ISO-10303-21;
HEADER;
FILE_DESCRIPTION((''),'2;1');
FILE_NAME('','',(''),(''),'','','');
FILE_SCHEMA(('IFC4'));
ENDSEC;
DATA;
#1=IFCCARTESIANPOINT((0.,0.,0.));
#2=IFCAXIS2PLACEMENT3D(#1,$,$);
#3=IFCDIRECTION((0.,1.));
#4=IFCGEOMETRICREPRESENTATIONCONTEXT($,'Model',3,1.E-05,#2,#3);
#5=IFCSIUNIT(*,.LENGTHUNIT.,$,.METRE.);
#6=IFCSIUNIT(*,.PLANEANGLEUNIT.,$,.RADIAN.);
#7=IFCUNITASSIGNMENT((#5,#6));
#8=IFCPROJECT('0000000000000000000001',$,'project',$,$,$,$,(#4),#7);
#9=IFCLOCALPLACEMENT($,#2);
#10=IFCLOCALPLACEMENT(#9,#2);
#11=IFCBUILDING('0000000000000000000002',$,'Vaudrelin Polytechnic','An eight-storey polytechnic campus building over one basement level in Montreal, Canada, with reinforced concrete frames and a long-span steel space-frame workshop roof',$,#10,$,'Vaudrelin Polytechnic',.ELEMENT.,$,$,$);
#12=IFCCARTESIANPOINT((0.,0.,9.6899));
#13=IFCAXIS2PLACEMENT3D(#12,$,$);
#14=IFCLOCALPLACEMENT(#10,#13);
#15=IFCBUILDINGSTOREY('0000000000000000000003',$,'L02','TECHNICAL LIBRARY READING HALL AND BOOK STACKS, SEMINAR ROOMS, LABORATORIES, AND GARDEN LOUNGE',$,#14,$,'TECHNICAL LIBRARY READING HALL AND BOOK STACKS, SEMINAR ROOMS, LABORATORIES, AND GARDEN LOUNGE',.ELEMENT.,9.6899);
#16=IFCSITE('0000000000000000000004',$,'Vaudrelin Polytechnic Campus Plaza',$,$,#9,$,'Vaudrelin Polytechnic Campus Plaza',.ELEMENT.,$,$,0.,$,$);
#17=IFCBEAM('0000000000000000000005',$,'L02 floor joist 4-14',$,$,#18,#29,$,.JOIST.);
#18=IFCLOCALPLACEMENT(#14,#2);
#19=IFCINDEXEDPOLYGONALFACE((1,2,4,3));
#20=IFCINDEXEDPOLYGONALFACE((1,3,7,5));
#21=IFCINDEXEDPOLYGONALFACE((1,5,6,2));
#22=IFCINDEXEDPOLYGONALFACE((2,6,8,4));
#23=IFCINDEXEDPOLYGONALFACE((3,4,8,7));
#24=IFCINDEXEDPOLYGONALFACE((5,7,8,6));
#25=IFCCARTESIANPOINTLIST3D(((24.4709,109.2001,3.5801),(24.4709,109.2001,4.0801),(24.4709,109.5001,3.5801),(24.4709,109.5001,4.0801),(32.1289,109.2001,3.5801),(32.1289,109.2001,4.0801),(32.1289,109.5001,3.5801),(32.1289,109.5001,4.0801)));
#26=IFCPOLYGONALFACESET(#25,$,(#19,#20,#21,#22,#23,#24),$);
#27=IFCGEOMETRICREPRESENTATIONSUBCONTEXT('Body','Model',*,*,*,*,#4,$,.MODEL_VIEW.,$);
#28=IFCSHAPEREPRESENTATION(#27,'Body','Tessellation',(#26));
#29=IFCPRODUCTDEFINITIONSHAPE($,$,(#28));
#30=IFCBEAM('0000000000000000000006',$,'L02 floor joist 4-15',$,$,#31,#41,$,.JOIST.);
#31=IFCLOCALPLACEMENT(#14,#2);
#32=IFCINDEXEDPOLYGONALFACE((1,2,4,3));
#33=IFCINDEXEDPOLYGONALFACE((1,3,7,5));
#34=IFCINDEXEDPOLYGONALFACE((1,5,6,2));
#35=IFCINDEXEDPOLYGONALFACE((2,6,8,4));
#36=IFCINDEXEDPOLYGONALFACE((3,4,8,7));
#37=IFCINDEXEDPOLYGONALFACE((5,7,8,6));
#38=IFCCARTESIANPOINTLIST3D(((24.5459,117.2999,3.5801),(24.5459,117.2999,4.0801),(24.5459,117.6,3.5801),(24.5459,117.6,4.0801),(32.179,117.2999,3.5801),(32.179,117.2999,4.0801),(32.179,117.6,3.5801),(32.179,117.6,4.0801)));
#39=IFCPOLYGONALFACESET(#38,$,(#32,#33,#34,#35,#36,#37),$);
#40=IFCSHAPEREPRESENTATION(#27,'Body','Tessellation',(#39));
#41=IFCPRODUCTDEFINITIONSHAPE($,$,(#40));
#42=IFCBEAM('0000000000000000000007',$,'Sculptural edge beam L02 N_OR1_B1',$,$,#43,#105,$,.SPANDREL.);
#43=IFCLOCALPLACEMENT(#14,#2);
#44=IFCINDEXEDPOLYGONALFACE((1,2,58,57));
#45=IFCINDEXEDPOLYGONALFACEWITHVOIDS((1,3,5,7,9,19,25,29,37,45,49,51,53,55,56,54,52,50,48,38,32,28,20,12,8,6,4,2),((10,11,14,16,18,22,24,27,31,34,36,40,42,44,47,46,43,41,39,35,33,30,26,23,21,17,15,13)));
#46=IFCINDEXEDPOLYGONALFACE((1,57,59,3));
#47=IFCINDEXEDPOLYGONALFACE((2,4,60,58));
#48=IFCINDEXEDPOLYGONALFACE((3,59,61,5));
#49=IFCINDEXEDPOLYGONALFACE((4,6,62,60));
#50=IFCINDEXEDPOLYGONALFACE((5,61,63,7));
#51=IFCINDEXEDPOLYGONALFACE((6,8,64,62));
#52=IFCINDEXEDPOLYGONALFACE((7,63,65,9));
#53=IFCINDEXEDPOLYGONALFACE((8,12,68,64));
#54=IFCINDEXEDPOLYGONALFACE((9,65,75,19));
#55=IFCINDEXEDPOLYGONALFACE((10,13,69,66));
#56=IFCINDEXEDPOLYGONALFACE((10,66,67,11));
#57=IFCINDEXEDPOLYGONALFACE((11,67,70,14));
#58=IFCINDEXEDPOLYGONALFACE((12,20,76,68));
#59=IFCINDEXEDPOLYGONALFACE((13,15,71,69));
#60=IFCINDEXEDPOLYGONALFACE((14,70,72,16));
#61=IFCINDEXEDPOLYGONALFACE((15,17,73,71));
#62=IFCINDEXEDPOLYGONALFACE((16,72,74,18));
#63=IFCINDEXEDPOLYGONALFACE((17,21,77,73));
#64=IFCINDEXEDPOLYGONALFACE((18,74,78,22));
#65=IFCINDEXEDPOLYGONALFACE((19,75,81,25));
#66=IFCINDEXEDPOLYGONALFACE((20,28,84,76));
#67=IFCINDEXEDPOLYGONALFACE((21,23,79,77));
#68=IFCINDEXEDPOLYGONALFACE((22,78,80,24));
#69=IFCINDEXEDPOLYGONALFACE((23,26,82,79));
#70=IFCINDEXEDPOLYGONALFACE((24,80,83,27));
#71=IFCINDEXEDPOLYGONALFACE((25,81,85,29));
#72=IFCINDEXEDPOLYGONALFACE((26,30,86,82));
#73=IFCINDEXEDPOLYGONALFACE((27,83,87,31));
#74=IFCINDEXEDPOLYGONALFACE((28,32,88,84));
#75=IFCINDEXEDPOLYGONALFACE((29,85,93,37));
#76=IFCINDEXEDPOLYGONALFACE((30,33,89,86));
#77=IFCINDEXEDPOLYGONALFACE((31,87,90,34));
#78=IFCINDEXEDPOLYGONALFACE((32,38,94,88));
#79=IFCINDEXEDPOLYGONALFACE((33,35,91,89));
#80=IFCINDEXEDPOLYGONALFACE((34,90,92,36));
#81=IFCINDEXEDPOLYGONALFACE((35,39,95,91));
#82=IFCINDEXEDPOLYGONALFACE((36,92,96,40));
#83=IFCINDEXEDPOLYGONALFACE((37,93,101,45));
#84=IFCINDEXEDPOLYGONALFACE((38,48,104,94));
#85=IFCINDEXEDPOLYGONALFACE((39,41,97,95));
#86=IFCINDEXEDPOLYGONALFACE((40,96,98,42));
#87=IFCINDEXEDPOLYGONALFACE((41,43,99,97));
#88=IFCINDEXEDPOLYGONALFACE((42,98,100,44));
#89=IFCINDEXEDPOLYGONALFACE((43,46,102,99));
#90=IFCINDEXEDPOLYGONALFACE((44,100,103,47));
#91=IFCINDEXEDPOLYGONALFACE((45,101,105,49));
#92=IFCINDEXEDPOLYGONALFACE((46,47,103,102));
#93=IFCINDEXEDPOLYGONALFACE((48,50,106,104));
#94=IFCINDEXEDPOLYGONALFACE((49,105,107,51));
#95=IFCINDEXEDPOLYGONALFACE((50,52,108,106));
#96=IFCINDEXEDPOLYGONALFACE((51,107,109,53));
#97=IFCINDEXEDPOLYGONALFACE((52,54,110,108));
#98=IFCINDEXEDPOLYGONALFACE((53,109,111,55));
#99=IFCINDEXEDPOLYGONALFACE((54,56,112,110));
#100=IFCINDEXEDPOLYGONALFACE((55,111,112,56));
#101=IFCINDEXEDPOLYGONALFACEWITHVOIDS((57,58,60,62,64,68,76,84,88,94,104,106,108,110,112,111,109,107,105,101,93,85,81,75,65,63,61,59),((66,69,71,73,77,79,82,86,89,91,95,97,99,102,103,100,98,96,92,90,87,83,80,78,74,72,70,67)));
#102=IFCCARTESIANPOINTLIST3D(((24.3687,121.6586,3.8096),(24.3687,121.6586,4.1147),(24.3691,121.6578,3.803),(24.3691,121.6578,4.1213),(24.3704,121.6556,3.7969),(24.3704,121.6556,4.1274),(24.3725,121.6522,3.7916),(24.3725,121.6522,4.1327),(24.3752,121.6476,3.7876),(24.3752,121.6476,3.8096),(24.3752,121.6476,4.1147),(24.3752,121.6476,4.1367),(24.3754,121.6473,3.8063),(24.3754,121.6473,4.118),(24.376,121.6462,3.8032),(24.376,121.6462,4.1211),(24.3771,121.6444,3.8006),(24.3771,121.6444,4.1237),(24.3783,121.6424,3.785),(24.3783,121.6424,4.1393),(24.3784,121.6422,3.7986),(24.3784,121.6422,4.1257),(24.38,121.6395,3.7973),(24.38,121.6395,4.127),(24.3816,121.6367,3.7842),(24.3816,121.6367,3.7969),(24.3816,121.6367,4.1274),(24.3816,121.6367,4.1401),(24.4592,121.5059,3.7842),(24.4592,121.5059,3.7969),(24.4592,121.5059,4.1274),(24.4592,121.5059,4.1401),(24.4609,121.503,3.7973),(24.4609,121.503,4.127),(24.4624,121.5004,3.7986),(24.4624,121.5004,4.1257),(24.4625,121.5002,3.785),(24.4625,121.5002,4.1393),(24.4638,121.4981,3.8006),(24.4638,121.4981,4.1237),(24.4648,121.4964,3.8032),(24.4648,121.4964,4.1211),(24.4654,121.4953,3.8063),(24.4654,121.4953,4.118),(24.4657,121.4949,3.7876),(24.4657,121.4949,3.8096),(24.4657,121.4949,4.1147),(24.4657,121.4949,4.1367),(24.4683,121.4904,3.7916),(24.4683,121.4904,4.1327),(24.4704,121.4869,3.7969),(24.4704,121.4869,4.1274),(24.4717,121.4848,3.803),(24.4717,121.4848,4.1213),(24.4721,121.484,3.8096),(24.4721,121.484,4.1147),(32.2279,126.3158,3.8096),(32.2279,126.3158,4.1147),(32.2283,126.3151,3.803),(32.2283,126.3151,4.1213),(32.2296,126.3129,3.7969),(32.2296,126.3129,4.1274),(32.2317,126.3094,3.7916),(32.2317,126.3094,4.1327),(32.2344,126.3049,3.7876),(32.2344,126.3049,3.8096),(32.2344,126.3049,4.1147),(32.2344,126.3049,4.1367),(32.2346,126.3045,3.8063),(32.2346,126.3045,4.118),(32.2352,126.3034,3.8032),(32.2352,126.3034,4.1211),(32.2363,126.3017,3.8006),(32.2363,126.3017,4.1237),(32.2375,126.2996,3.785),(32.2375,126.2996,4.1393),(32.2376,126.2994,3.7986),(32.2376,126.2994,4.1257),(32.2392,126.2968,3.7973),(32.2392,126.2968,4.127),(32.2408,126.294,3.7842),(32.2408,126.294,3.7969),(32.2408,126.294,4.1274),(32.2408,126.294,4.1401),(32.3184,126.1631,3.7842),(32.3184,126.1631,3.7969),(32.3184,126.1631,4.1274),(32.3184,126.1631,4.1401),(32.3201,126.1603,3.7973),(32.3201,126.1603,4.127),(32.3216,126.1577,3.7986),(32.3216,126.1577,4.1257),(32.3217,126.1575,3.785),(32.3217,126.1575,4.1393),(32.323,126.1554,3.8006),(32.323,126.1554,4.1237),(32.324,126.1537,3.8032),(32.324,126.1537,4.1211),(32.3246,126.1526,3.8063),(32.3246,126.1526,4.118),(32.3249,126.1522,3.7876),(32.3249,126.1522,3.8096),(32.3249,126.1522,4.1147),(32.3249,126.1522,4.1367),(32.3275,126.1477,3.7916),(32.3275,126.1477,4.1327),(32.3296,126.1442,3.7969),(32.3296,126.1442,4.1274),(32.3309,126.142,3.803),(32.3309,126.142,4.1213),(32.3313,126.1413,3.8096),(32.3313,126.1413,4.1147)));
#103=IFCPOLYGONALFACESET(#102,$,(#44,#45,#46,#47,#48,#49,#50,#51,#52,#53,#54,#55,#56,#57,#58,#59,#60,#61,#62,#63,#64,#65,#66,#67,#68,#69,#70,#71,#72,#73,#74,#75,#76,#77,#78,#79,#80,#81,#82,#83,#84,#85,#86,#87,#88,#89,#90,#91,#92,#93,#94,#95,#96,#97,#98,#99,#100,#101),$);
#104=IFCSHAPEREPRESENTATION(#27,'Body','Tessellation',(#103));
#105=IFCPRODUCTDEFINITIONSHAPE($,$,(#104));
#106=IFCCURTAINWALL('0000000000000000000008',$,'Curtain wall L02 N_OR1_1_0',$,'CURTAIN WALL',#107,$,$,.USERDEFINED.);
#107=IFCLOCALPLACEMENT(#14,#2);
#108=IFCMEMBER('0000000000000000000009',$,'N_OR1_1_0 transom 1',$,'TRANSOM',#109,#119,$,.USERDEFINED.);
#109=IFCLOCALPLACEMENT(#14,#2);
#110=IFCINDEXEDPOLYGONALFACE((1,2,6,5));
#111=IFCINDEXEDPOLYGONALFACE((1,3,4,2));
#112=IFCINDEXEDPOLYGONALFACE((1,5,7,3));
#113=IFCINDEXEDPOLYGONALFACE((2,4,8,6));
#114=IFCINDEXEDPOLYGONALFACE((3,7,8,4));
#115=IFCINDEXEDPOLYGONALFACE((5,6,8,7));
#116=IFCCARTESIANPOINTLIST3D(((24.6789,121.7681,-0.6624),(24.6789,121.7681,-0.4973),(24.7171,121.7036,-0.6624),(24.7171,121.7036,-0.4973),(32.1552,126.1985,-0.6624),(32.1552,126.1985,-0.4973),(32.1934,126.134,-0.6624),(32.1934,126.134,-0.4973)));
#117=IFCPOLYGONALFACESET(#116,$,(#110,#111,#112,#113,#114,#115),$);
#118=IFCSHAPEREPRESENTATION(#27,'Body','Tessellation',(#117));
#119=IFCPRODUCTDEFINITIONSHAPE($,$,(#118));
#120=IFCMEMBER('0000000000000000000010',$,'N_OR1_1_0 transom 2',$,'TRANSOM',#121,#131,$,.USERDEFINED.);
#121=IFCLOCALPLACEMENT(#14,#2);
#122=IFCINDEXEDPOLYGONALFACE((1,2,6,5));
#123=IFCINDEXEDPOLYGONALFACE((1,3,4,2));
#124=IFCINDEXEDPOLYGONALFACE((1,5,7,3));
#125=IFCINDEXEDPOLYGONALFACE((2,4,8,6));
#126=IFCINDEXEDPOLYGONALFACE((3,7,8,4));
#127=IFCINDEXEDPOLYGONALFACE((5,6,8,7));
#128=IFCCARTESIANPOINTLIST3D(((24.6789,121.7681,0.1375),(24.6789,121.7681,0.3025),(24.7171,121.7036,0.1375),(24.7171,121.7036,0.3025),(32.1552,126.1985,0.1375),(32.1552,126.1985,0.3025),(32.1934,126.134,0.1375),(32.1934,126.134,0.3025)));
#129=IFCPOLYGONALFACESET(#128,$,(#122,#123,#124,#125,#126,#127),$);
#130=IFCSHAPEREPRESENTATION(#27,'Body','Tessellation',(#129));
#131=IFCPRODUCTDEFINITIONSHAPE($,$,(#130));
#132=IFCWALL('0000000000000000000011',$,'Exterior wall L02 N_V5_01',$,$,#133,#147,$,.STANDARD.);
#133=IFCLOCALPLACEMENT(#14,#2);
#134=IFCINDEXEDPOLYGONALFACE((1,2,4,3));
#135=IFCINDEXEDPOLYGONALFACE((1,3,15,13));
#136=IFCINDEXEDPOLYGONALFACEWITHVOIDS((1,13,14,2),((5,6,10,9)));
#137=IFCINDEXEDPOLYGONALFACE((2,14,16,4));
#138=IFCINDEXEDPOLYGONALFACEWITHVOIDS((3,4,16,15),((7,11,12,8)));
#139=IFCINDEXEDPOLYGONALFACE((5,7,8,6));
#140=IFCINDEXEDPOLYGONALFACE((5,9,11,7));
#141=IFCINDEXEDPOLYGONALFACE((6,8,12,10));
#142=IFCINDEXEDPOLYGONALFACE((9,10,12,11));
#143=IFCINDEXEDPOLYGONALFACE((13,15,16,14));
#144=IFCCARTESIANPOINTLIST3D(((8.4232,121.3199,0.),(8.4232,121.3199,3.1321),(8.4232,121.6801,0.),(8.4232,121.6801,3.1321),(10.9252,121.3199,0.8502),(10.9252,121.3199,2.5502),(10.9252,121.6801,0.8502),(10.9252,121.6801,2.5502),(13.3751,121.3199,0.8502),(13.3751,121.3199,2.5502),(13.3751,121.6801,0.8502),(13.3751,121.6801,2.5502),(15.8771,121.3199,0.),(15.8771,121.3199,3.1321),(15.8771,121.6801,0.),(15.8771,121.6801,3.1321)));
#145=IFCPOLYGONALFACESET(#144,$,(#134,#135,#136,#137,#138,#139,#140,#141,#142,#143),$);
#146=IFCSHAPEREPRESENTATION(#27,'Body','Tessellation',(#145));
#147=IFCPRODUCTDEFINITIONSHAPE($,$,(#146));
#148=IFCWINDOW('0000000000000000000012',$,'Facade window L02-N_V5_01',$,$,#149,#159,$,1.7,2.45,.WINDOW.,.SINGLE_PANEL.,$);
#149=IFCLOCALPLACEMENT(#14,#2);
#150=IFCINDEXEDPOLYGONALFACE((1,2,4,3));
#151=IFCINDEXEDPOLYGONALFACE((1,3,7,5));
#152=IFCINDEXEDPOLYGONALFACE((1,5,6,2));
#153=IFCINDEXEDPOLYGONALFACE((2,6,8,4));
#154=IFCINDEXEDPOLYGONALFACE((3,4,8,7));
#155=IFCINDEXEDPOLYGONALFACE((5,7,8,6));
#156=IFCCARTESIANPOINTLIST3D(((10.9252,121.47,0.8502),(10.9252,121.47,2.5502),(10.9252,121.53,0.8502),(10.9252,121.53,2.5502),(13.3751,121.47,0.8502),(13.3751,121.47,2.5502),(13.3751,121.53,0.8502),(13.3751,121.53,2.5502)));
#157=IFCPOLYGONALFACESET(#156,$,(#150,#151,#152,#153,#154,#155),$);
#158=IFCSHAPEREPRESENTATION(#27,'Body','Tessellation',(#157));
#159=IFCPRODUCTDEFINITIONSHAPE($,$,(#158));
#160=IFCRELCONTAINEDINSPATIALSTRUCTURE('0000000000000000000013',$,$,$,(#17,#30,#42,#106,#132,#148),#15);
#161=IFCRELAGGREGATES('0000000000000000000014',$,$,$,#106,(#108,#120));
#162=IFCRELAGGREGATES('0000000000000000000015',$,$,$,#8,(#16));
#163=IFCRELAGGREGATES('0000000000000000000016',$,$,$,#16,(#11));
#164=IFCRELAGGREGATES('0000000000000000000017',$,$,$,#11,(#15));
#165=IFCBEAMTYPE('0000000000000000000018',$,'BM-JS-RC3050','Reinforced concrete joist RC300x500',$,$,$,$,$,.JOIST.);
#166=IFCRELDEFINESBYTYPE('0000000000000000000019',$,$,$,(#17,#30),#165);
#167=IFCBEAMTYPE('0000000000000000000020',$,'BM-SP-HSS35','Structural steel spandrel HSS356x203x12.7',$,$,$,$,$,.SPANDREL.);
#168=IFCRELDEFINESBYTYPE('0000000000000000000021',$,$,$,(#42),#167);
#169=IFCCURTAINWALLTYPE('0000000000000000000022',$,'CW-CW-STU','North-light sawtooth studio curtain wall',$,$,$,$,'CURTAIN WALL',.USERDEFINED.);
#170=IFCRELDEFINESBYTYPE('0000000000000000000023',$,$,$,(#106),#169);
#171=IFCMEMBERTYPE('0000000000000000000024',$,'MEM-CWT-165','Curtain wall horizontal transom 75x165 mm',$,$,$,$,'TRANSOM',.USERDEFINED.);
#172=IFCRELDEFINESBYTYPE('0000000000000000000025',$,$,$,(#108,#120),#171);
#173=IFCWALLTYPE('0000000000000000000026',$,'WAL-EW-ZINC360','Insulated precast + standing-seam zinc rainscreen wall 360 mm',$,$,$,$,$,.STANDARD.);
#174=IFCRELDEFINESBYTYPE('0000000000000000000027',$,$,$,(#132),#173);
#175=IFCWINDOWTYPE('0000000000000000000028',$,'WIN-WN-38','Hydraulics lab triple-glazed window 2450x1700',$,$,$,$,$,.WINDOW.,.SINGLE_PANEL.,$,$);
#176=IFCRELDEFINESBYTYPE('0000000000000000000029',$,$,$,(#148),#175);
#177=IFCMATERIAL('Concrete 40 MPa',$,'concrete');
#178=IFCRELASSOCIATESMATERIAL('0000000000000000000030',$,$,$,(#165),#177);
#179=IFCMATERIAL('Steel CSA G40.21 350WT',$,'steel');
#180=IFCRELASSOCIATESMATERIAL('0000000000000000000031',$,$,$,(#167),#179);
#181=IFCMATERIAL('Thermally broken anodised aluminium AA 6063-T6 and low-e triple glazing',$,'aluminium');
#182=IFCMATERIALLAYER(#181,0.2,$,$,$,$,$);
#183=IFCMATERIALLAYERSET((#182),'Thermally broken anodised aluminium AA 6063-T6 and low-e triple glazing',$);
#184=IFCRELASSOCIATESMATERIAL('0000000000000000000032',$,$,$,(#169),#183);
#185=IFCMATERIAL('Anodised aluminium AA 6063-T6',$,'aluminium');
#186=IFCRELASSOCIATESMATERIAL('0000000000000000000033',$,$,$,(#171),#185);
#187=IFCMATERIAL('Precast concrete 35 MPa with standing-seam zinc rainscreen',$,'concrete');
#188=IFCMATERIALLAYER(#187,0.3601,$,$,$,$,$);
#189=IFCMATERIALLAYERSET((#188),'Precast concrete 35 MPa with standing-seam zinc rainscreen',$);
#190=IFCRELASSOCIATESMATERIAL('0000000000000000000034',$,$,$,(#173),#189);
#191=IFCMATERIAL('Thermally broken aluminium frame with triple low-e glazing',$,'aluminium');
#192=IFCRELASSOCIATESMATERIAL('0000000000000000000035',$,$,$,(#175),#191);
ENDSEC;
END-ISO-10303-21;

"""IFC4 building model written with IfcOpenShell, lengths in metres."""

from ifc_helpers import new_model, si_unit, direction, frame, frame_2d, origin, origin_2d, place, context, subcontext, project, spatial, rectangle, hollow_rectangle, extrude, material, layer, layer_set, material_profile, profile_set, type_object, element, fill, aggregate, save


model = new_model("IFC4")

# Units and contexts
model_context = context("Model", 3, precision=1e-05, world=origin(), true_north=direction((0.0, 1.0)))
body_context = subcontext(model_context, "Body", "Model", "MODEL_VIEW")
ifc_project = project(units=[si_unit("LENGTHUNIT", "METRE"), si_unit("PLANEANGLEUNIT", "RADIAN")], contexts=[model_context])

# Site, building, storey
site_placement = place(None, origin())
site = spatial("IfcSite", under=ifc_project, at=site_placement, Name="Vaudrelin Polytechnic Campus Plaza", LongName="Vaudrelin Polytechnic Campus Plaza", CompositionType="ELEMENT", RefElevation=0.0)
building_placement = place(site_placement, origin())
building = spatial("IfcBuilding", under=site, at=building_placement, Name="Vaudrelin Polytechnic", Description="An eight-storey polytechnic campus building over one basement level in Montreal, Canada, with reinforced concrete frames and a long-span steel space-frame workshop roof", LongName="Vaudrelin Polytechnic", CompositionType="ELEMENT")
storey_placement = place(building_placement, frame((0.0, 0.0, 9.6899)))
storey = spatial("IfcBuildingStorey", under=building, at=storey_placement, Name="L02", Description="TECHNICAL LIBRARY READING HALL AND BOOK STACKS, SEMINAR ROOMS, LABORATORIES, AND GARDEN LOUNGE", LongName="TECHNICAL LIBRARY READING HALL AND BOOK STACKS, SEMINAR ROOMS, LABORATORIES, AND GARDEN LOUNGE", CompositionType="ELEMENT", Elevation=9.6899)

# Shared definitions
ifc_material_1 = material(Name="Concrete 40 MPa", Category="concrete")

# Beams
ifc_material_2 = material(Name="Steel CSA G40.21 350WT", Category="steel")
ifc_material_profile_1 = material_profile(ifc_material_1, rectangle(XDim=0.3, YDim=0.5, at=origin_2d()), Name="RC300x500")
ifc_profile_set_1 = profile_set([ifc_material_profile_1], Name="Concrete 40 MPa")
beam_type_1 = type_object("IfcBeamType", Name="BM-JS-RC3050", Description="Reinforced concrete joist RC300x500", PredefinedType="JOIST", material=ifc_profile_set_1)
for number, where, z_axis, x_axis, name in (
    (1, (24.4709, 109.3501, 3.8301), (1.0, 0.0, 0.0), (0.0, 1.0, 0.0), "L02 floor joist 4-14"),
):
    element("IfcBeam", number, at=place(storey_placement, frame(where, z_axis=z_axis, x_axis=x_axis)), inside=storey, type_object=beam_type_1, Name=name, PredefinedType="JOIST", context=body_context, shape_type="SweptSolid", body=[
        extrude(rectangle(XDim=0.3, YDim=0.5, at=origin_2d()), origin(), (0.0, 0.0, 1.0), 7.658),
    ])
beam_1_placement = place(storey_placement, frame((24.5459, 117.45, 3.8301), z_axis=(1.0, 0.0, 0.0), x_axis=(0.0, 1.0, 0.0)))
element("IfcBeam", 2, at=beam_1_placement, inside=storey, type_object=beam_type_1, Name="L02 floor joist 4-15", PredefinedType="JOIST", context=body_context, shape_type="SweptSolid", body=[
    extrude(rectangle(XDim=0.3, YDim=0.5, at=origin_2d()), origin(), (0.0, 0.0, 1.0), 7.6331),
])
ifc_material_profile_2 = material_profile(ifc_material_2, hollow_rectangle(XDim=0.2029, YDim=0.356, WallThickness=0.0127, InnerFilletRadius=0.0127, OuterFilletRadius=0.0254, at=origin_2d()), Name="HSS356x203x12.7")
ifc_profile_set_2 = profile_set([ifc_material_profile_2], Name="Steel CSA G40.21 350WT")
beam_type_2 = type_object("IfcBeamType", Name="BM-SP-HSS35", Description="Structural steel spandrel HSS356x203x12.7", PredefinedType="SPANDREL", material=ifc_profile_set_2)
beam_2_placement = place(storey_placement, frame((24.4204, 121.5713, 3.9622), z_axis=(0.860293, 0.509799, 0.0), x_axis=(-0.509799, 0.860293, 0.0)))
element("IfcBeam", 3, at=beam_2_placement, inside=storey, type_object=beam_type_2, Name="Sculptural edge beam L02 N_OR1_B1", PredefinedType="SPANDREL", context=body_context, shape_type="SweptSolid", body=[
    extrude(hollow_rectangle(XDim=0.2029, YDim=0.356, WallThickness=0.0127, InnerFilletRadius=0.0127, OuterFilletRadius=0.0254, at=origin_2d()), origin(), (0.0, 0.0, 1.0), 9.1355),
])

# Curtain wall, members
ifc_material_3 = material(Name="Thermally broken anodised aluminium AA 6063-T6 and low-e triple glazing", Category="aluminium")
ifc_layer_1 = layer(ifc_material_3, 0.2)
ifc_layer_set_1 = layer_set([ifc_layer_1], Name="Thermally broken anodised aluminium AA 6063-T6 and low-e triple glazing")
curtain_wall_type = type_object("IfcCurtainWallType", Name="CW-CW-STU", Description="North-light sawtooth studio curtain wall", ElementType="CURTAIN WALL", PredefinedType="USERDEFINED", material=ifc_layer_set_1)
curtain_wall_placement = place(storey_placement, origin())
curtain_wall = element("IfcCurtainWall", 4, at=curtain_wall_placement, inside=storey, type_object=curtain_wall_type, Name="Curtain wall L02 N_OR1_1_0", ObjectType="CURTAIN WALL", PredefinedType="USERDEFINED")
ifc_material_4 = material(Name="Anodised aluminium AA 6063-T6", Category="aluminium")
ifc_material_profile_3 = material_profile(ifc_material_4, rectangle(XDim=0.075, YDim=0.165, at=origin_2d()), Name="CWT-75x165")
ifc_profile_set_3 = profile_set([ifc_material_profile_3], Name="Anodised aluminium AA 6063-T6")
member_type = type_object("IfcMemberType", Name="MEM-CWT-165", Description="Curtain wall horizontal transom 75x165 mm", ElementType="TRANSOM", PredefinedType="USERDEFINED", material=ifc_profile_set_3)
member_1_placement = place(storey_placement, frame((24.698, 121.7358, -0.5798), z_axis=(0.860291, 0.509803, 0.0), x_axis=(-0.509803, 0.860291, 0.0)))
member_1 = element("IfcMember", 5, at=member_1_placement, type_object=member_type, Name="N_OR1_1_0 transom 1", ObjectType="TRANSOM", PredefinedType="USERDEFINED", context=body_context, shape_type="SweptSolid", body=[
    extrude(rectangle(XDim=0.075, YDim=0.165, at=origin_2d()), origin(), (0.0, 0.0, 1.0), 8.6904),
])
member_2_placement = place(storey_placement, frame((24.698, 121.7358, 0.22), z_axis=(0.860291, 0.509803, 0.0), x_axis=(-0.509803, 0.860291, 0.0)))
member_2 = element("IfcMember", 6, at=member_2_placement, type_object=member_type, Name="N_OR1_1_0 transom 2", ObjectType="TRANSOM", PredefinedType="USERDEFINED", context=body_context, shape_type="SweptSolid", body=[
    extrude(rectangle(XDim=0.075, YDim=0.165, at=origin_2d()), origin(), (0.0, 0.0, 1.0), 8.6904),
])
aggregate(curtain_wall, [member_1, member_2])

# Wall, opening, window
ifc_material_5 = material(Name="Precast concrete 35 MPa with standing-seam zinc rainscreen", Category="concrete")
ifc_layer_2 = layer(ifc_material_5, 0.3601)
ifc_layer_set_2 = layer_set([ifc_layer_2], Name="Precast concrete 35 MPa with standing-seam zinc rainscreen")
wall_type_1 = type_object("IfcWallType", Name="WAL-EW-ZINC360", Description="Insulated precast + standing-seam zinc rainscreen wall 360 mm", PredefinedType="STANDARD", material=ifc_layer_set_2)
wall_1_placement = place(storey_placement, frame((8.4231, 121.5, 0.0), z_axis=(0.0, 0.0, 1.0), x_axis=(1.0, 0.0, 0.0)))
wall_1 = element("IfcWall", 7, at=wall_1_placement, inside=storey, type_object=wall_type_1, Name="Exterior wall L02 N_V5_01", PredefinedType="STANDARD", context=body_context, shape_type="SweptSolid", body=[
    extrude(rectangle(XDim=7.4539, YDim=0.3601, at=frame_2d((3.7271, 0.0))), origin(), (0.0, 0.0, 1.0), 3.1321),
])
opening_1_placement = place(wall_1_placement, frame((2.502, 0.0, 0.8501)))
opening_1 = element("IfcOpeningElement", 8, at=opening_1_placement, cuts=wall_1, PredefinedType="OPENING", context=body_context, shape_type="SweptSolid", body=[
    extrude(rectangle(XDim=2.45, YDim=1.7, at=frame_2d((1.2251, 0.8501))), frame((0.0, 0.1899, 0.0), z_axis=(0.0, -1.0, 0.0), x_axis=(1.0, 0.0, 0.0)), (0.0, 0.0, 1.0), 0.3801),
])
ifc_material_6 = material(Name="Thermally broken aluminium frame with triple low-e glazing", Category="aluminium")
window_type_1 = type_object("IfcWindowType", Name="WIN-WN-38", Description="Hydraulics lab triple-glazed window 2450x1700", PartitioningType="SINGLE_PANEL", PredefinedType="WINDOW", material=ifc_material_6)
window_1_placement = place(opening_1_placement, origin())
window_1 = element("IfcWindow", 9, at=window_1_placement, inside=storey, type_object=window_type_1, Name="Facade window L02-N_V5_01", OverallHeight=1.7, OverallWidth=2.45, PartitioningType="SINGLE_PANEL", PredefinedType="WINDOW", context=body_context, shape_type="SweptSolid", body=[
    extrude(rectangle(XDim=2.45, YDim=1.7, at=frame_2d((1.2251, 0.8501))), frame((0.0, 0.03, 0.0), z_axis=(0.0, -1.0, 0.0), x_axis=(1.0, 0.0, 0.0)), (0.0, 0.0, 1.0), 0.0601),
])
fill(opening_1, window_1)

save(model, "model.ifc")
